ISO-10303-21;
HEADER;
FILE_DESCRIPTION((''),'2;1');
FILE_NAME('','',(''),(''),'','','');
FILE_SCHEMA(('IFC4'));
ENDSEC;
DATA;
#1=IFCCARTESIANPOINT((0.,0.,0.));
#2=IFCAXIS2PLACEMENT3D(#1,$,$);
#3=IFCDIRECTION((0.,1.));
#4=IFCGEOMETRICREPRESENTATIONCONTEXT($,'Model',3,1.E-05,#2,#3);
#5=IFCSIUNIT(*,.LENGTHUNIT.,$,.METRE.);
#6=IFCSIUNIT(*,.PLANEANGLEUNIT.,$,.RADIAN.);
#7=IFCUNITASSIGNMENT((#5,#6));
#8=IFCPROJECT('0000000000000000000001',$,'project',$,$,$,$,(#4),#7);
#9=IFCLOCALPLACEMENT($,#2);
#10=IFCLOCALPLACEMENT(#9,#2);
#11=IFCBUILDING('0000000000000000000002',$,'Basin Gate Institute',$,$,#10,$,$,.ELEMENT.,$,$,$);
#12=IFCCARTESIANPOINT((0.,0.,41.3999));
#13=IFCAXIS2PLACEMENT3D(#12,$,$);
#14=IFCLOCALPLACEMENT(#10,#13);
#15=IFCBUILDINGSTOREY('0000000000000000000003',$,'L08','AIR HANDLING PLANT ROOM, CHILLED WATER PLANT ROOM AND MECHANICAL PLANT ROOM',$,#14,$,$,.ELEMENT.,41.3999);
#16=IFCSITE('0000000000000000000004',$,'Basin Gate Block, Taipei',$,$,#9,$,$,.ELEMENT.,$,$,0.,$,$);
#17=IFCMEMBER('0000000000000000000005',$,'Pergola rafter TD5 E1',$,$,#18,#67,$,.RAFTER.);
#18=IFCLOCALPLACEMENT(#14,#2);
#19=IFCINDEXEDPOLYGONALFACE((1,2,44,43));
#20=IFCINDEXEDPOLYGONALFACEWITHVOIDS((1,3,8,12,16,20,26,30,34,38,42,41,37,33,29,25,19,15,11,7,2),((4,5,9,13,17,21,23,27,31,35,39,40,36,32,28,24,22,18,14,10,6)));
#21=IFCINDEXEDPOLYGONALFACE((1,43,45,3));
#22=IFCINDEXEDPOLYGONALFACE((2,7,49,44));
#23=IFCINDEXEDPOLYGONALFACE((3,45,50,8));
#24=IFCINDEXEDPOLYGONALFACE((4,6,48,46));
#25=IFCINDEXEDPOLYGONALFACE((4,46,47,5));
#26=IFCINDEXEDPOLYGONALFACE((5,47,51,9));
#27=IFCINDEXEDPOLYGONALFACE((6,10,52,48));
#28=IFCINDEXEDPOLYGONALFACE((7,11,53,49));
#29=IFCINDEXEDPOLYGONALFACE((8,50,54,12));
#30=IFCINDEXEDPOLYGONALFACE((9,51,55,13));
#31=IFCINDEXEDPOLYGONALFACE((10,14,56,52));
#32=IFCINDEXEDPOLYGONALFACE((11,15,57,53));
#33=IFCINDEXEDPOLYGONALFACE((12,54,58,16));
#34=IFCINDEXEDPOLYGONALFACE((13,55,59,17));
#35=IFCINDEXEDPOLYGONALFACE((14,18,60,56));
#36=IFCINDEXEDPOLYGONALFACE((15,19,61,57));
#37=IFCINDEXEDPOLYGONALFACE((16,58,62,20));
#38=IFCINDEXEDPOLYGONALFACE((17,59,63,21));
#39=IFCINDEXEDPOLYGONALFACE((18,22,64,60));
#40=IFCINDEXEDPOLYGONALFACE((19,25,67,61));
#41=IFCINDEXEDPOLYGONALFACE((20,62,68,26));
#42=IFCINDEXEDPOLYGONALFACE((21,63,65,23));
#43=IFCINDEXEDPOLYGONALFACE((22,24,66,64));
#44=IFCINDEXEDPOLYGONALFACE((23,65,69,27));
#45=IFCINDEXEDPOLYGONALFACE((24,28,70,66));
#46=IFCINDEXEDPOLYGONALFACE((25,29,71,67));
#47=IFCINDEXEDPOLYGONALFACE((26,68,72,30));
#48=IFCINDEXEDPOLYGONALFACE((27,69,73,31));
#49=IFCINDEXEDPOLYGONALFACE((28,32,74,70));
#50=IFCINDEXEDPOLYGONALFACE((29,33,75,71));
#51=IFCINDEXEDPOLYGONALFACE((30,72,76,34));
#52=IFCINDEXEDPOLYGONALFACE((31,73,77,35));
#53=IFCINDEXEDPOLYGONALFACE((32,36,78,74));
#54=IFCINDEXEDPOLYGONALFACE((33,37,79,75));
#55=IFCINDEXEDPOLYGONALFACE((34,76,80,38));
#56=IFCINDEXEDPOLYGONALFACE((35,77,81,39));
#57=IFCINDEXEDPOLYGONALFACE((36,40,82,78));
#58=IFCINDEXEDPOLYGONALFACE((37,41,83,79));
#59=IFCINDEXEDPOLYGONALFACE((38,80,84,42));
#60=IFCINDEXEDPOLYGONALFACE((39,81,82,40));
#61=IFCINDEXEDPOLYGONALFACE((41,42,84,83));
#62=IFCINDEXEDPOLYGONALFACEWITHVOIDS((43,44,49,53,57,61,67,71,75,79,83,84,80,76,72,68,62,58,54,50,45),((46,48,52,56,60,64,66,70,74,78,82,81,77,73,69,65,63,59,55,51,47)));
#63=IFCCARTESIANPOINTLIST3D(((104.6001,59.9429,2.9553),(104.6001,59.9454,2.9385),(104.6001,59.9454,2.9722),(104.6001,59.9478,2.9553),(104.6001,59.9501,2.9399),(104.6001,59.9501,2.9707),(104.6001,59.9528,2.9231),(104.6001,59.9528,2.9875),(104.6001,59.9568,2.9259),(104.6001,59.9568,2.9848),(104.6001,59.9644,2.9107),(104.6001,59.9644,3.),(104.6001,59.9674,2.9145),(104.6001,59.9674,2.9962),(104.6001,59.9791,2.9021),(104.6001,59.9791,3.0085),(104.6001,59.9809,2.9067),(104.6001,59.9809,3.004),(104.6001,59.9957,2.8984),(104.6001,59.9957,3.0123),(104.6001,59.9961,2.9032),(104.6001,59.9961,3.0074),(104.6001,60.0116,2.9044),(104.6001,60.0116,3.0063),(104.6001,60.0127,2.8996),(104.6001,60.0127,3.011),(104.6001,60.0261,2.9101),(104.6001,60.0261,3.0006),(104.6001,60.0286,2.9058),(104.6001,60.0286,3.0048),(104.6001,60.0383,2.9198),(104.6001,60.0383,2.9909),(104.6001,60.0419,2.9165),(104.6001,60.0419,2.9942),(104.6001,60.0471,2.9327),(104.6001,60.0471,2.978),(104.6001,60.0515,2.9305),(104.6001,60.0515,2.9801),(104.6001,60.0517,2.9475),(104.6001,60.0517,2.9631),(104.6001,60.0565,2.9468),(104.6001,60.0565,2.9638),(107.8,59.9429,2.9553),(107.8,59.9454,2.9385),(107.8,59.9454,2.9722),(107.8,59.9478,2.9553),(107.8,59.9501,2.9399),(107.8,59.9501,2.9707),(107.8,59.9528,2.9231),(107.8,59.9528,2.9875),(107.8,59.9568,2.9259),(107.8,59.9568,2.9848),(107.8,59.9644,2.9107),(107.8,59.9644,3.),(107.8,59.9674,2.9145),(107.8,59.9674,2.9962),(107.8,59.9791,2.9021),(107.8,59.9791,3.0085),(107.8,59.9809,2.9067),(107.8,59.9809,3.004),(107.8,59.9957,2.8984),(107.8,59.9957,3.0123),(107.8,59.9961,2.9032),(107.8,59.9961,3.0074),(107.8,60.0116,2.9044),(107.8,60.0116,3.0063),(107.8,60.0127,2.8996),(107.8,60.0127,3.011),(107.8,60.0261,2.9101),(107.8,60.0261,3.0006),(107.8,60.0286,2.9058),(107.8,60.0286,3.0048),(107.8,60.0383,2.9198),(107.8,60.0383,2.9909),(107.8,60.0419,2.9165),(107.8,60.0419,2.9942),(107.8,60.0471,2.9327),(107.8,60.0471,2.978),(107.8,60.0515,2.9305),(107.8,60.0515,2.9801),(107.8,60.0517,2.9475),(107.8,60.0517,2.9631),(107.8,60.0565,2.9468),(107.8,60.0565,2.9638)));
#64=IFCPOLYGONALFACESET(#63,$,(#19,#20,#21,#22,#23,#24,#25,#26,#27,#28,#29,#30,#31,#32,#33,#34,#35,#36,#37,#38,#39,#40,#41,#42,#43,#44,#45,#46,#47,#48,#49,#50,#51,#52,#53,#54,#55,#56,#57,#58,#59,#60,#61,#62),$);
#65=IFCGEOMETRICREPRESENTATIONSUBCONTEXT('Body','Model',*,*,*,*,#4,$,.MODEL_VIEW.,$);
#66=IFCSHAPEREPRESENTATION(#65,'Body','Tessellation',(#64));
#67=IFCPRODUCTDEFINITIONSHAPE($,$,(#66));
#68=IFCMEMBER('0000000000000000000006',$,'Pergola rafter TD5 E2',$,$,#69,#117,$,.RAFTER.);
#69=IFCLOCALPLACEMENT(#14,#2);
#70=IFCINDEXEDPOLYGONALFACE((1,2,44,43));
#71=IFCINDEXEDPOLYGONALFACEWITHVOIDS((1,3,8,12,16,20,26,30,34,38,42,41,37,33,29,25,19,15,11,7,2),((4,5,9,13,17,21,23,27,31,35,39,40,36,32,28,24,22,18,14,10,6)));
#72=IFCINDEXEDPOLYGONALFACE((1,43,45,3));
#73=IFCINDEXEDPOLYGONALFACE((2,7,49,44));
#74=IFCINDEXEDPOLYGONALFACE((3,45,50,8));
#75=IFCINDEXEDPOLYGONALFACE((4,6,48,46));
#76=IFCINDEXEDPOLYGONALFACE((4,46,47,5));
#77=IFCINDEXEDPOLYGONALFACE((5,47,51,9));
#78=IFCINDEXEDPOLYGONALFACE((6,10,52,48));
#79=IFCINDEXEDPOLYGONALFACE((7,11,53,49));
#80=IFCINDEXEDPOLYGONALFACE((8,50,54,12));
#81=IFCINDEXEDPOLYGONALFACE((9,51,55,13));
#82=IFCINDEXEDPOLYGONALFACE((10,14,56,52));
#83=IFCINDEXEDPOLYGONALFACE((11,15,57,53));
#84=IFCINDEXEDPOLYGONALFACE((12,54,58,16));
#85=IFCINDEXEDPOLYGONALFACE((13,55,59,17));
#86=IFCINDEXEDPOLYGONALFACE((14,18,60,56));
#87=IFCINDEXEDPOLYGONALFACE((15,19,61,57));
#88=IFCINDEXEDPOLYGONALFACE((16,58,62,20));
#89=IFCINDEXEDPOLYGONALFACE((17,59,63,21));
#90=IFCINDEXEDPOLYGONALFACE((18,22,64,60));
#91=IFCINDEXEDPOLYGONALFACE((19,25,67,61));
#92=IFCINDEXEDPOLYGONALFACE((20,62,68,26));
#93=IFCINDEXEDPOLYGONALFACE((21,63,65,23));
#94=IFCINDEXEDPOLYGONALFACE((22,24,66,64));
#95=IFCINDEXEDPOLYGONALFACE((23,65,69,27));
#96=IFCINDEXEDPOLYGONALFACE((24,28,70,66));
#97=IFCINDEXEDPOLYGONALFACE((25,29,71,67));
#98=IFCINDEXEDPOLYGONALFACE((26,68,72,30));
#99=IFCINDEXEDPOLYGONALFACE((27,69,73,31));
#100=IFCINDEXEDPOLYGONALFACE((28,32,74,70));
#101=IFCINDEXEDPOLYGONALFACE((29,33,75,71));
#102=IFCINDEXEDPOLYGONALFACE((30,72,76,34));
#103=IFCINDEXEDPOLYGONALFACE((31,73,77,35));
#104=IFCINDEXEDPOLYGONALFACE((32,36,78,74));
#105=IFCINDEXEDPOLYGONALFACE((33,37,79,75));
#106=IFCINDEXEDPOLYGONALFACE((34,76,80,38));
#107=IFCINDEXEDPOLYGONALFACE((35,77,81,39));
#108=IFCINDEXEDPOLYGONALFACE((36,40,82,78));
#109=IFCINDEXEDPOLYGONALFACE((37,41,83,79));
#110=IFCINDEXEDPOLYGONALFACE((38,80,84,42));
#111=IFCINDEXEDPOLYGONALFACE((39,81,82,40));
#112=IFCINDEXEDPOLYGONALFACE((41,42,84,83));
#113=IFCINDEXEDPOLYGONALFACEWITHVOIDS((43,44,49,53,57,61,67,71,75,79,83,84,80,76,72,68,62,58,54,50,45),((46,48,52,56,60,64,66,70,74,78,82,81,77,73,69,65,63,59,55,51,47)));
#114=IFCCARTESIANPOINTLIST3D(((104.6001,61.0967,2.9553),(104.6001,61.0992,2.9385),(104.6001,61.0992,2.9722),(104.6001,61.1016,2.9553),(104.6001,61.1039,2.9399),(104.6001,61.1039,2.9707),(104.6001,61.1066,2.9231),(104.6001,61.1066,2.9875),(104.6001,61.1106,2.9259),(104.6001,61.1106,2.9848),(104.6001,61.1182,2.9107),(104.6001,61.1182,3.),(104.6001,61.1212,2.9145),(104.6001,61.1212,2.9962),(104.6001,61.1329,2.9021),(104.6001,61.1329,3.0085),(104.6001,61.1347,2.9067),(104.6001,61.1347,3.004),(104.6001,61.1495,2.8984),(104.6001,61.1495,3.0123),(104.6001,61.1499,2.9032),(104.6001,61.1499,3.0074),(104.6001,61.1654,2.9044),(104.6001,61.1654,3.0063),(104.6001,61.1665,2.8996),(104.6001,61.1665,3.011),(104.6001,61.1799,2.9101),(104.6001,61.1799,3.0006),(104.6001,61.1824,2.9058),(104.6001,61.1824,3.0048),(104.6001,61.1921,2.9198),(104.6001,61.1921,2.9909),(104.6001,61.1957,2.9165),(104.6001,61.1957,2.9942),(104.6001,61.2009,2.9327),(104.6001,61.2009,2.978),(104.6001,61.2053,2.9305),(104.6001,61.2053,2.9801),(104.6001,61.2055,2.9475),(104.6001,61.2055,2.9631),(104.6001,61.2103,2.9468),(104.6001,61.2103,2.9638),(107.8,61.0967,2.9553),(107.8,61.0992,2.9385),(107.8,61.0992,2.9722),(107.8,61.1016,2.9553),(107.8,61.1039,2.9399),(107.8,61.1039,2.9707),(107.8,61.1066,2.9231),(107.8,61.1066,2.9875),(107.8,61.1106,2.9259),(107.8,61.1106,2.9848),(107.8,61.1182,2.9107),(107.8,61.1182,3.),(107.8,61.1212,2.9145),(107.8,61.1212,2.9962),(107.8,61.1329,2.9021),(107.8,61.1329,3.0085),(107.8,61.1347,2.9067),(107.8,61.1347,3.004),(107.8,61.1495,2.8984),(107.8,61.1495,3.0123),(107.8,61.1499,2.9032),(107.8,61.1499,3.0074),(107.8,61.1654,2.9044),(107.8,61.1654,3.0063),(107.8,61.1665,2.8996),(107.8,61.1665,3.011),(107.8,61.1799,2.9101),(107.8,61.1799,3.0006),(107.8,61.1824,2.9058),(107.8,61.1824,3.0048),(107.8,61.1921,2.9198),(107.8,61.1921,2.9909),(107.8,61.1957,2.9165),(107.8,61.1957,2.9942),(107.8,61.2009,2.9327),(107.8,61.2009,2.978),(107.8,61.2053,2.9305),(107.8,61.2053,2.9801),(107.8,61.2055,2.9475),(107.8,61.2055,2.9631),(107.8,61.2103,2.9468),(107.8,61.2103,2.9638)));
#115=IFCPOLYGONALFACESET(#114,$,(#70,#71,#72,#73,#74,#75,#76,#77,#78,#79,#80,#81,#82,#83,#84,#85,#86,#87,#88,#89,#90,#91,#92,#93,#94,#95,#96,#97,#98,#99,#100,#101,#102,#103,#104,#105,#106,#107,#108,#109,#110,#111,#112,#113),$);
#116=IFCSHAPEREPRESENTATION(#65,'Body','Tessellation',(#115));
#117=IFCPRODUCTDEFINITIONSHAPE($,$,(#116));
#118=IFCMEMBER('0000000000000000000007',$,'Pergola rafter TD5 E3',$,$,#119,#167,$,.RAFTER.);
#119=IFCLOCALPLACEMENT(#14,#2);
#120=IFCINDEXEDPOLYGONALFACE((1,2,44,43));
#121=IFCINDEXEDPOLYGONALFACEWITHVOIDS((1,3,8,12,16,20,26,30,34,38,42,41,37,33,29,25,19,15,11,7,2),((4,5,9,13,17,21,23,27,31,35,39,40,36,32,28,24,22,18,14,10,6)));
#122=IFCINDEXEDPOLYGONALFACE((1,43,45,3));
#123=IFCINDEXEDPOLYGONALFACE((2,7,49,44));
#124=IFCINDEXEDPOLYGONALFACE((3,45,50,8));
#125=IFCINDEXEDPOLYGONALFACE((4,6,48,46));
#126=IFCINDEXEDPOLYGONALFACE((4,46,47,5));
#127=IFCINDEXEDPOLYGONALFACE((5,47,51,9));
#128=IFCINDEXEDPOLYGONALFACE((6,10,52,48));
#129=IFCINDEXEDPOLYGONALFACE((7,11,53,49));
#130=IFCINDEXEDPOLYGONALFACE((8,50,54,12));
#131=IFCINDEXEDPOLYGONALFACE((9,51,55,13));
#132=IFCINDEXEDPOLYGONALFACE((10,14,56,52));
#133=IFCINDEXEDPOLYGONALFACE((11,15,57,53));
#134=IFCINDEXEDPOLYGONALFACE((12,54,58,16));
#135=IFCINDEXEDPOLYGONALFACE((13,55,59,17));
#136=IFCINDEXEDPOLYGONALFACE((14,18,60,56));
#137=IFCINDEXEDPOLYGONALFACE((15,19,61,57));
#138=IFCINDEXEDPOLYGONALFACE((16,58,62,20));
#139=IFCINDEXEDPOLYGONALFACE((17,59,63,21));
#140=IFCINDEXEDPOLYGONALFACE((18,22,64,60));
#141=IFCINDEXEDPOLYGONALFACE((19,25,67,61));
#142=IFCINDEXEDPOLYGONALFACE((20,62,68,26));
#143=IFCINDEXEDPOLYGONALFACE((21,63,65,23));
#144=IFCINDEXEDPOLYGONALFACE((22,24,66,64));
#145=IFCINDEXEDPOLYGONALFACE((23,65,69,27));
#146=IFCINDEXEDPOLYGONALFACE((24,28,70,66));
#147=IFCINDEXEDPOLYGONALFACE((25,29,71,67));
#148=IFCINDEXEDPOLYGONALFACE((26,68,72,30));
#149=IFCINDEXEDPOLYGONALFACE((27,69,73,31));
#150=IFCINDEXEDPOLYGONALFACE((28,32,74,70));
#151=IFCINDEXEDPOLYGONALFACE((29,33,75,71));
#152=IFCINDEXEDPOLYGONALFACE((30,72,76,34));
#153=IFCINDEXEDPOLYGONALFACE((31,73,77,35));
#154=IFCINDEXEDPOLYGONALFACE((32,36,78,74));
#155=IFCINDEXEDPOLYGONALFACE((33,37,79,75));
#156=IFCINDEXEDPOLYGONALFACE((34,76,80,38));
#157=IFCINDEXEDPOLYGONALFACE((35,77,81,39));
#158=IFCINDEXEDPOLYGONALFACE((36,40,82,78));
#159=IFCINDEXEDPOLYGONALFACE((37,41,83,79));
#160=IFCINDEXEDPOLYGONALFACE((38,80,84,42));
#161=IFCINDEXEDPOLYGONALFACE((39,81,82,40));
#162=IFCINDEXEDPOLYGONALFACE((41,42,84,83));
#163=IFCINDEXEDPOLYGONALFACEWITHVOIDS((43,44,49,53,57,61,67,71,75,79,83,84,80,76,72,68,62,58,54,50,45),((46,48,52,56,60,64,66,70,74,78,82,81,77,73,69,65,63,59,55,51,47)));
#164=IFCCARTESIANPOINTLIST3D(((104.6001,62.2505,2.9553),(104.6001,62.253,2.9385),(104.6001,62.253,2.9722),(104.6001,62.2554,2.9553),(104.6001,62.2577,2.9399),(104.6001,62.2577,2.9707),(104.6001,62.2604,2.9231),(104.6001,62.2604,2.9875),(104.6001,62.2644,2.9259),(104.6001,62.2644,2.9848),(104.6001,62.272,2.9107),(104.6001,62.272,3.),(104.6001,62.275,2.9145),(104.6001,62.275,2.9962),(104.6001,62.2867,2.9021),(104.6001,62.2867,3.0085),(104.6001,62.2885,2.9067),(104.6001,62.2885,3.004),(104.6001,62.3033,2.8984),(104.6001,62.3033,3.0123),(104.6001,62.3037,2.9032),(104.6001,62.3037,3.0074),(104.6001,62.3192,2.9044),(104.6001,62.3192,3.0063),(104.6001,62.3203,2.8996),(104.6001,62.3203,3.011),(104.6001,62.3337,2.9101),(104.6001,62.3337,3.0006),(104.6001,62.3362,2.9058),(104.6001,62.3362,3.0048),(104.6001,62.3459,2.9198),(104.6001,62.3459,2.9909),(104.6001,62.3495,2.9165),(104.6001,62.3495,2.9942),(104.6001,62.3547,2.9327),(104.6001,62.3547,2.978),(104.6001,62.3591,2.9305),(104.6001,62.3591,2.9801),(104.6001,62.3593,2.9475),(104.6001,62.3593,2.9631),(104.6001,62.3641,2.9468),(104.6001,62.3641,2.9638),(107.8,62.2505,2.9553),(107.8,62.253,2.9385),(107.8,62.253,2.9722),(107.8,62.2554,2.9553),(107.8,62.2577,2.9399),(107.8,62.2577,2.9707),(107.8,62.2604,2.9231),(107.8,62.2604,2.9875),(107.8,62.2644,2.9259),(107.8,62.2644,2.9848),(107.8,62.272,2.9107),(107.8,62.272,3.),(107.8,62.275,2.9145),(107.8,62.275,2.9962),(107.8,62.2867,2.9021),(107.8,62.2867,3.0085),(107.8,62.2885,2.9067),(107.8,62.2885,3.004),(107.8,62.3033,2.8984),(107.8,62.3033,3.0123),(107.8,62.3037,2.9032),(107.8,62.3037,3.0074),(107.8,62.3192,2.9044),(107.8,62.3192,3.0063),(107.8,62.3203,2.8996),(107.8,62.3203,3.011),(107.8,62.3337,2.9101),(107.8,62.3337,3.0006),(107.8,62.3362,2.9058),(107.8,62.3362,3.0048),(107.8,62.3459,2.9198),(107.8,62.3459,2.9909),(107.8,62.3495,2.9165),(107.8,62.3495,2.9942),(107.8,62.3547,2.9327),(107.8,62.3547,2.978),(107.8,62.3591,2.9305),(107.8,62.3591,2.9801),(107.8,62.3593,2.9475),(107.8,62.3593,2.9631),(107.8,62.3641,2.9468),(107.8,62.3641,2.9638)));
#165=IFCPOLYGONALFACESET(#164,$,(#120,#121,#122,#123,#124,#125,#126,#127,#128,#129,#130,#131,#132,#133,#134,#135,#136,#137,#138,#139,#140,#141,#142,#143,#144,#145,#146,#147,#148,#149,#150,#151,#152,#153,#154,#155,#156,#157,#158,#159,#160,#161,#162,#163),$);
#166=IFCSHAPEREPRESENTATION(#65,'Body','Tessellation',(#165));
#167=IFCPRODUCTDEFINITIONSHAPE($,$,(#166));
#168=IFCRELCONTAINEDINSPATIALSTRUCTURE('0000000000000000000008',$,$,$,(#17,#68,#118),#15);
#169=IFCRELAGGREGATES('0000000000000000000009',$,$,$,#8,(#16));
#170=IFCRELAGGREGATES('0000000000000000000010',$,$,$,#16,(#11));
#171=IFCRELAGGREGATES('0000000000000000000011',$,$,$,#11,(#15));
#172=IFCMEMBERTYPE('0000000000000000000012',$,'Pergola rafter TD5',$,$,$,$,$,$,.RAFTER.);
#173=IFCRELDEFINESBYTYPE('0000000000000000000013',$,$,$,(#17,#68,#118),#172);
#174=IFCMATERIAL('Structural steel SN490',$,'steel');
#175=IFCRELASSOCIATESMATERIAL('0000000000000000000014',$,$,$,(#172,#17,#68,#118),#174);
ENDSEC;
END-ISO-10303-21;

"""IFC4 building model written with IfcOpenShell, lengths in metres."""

from ifc_helpers import new_model, si_unit, direction, frame, origin, origin_2d, place, context, subcontext, project, spatial, hollow_circle, extrude, material, material_profile, profile_set, type_object, element, save


model = new_model("IFC4")

# Units and contexts
model_context = context("Model", 3, precision=1e-05, world=origin(), true_north=direction((0.0, 1.0)))
body_context = subcontext(model_context, "Body", "Model", "MODEL_VIEW")
ifc_project = project(units=[si_unit("LENGTHUNIT", "METRE"), si_unit("PLANEANGLEUNIT", "RADIAN")], contexts=[model_context])

# Site, building, storey
site_placement = place(None, origin())
site = spatial("IfcSite", under=ifc_project, at=site_placement, Name="Basin Gate Block, Taipei", CompositionType="ELEMENT", RefElevation=0.0)
building_placement = place(site_placement, origin())
building = spatial("IfcBuilding", under=site, at=building_placement, Name="Basin Gate Institute", CompositionType="ELEMENT")
storey_placement = place(building_placement, frame((0.0, 0.0, 41.3999)))
storey = spatial("IfcBuildingStorey", under=building, at=storey_placement, Name="L08", Description="AIR HANDLING PLANT ROOM, CHILLED WATER PLANT ROOM AND MECHANICAL PLANT ROOM", CompositionType="ELEMENT", Elevation=41.3999)

# Members
ifc_material_1 = material(Name="Structural steel SN490", Category="steel")
ifc_material_profile_1 = material_profile(ifc_material_1, hollow_circle(Radius=0.0571, WallThickness=0.0049, at=origin_2d()), Name="CHS114x5")
ifc_profile_set_1 = profile_set([ifc_material_profile_1], Name="Structural steel SN490")
member_type_1 = type_object("IfcMemberType", Name="Pergola rafter TD5", PredefinedType="RAFTER", material=ifc_profile_set_1)
for number, where, z_axis, x_axis, name in (
    (1, (107.8, 60.0, 2.9553), (-1.0, 0.0, 0.0), (0.0, -1.0, 0.0), "Pergola rafter TD5 E1"),
    (2, (107.8, 61.1538, 2.9553), (-1.0, 0.0, 0.0), (0.0, -1.0, 0.0), "Pergola rafter TD5 E2"),
    (3, (107.8, 62.3076, 2.9553), (-1.0, 0.0, 0.0), (0.0, -1.0, 0.0), "Pergola rafter TD5 E3"),
):
    element("IfcMember", number, at=place(storey_placement, frame(where, z_axis=z_axis, x_axis=x_axis)), inside=storey, type_object=member_type_1, material=ifc_profile_set_1, Name=name, PredefinedType="RAFTER", context=body_context, shape_type="SweptSolid", body=[
        extrude(hollow_circle(Radius=0.0571, WallThickness=0.0049, at=origin_2d()), origin(), (0.0, 0.0, 1.0), 3.2),
    ])

save(model, "model.ifc")
